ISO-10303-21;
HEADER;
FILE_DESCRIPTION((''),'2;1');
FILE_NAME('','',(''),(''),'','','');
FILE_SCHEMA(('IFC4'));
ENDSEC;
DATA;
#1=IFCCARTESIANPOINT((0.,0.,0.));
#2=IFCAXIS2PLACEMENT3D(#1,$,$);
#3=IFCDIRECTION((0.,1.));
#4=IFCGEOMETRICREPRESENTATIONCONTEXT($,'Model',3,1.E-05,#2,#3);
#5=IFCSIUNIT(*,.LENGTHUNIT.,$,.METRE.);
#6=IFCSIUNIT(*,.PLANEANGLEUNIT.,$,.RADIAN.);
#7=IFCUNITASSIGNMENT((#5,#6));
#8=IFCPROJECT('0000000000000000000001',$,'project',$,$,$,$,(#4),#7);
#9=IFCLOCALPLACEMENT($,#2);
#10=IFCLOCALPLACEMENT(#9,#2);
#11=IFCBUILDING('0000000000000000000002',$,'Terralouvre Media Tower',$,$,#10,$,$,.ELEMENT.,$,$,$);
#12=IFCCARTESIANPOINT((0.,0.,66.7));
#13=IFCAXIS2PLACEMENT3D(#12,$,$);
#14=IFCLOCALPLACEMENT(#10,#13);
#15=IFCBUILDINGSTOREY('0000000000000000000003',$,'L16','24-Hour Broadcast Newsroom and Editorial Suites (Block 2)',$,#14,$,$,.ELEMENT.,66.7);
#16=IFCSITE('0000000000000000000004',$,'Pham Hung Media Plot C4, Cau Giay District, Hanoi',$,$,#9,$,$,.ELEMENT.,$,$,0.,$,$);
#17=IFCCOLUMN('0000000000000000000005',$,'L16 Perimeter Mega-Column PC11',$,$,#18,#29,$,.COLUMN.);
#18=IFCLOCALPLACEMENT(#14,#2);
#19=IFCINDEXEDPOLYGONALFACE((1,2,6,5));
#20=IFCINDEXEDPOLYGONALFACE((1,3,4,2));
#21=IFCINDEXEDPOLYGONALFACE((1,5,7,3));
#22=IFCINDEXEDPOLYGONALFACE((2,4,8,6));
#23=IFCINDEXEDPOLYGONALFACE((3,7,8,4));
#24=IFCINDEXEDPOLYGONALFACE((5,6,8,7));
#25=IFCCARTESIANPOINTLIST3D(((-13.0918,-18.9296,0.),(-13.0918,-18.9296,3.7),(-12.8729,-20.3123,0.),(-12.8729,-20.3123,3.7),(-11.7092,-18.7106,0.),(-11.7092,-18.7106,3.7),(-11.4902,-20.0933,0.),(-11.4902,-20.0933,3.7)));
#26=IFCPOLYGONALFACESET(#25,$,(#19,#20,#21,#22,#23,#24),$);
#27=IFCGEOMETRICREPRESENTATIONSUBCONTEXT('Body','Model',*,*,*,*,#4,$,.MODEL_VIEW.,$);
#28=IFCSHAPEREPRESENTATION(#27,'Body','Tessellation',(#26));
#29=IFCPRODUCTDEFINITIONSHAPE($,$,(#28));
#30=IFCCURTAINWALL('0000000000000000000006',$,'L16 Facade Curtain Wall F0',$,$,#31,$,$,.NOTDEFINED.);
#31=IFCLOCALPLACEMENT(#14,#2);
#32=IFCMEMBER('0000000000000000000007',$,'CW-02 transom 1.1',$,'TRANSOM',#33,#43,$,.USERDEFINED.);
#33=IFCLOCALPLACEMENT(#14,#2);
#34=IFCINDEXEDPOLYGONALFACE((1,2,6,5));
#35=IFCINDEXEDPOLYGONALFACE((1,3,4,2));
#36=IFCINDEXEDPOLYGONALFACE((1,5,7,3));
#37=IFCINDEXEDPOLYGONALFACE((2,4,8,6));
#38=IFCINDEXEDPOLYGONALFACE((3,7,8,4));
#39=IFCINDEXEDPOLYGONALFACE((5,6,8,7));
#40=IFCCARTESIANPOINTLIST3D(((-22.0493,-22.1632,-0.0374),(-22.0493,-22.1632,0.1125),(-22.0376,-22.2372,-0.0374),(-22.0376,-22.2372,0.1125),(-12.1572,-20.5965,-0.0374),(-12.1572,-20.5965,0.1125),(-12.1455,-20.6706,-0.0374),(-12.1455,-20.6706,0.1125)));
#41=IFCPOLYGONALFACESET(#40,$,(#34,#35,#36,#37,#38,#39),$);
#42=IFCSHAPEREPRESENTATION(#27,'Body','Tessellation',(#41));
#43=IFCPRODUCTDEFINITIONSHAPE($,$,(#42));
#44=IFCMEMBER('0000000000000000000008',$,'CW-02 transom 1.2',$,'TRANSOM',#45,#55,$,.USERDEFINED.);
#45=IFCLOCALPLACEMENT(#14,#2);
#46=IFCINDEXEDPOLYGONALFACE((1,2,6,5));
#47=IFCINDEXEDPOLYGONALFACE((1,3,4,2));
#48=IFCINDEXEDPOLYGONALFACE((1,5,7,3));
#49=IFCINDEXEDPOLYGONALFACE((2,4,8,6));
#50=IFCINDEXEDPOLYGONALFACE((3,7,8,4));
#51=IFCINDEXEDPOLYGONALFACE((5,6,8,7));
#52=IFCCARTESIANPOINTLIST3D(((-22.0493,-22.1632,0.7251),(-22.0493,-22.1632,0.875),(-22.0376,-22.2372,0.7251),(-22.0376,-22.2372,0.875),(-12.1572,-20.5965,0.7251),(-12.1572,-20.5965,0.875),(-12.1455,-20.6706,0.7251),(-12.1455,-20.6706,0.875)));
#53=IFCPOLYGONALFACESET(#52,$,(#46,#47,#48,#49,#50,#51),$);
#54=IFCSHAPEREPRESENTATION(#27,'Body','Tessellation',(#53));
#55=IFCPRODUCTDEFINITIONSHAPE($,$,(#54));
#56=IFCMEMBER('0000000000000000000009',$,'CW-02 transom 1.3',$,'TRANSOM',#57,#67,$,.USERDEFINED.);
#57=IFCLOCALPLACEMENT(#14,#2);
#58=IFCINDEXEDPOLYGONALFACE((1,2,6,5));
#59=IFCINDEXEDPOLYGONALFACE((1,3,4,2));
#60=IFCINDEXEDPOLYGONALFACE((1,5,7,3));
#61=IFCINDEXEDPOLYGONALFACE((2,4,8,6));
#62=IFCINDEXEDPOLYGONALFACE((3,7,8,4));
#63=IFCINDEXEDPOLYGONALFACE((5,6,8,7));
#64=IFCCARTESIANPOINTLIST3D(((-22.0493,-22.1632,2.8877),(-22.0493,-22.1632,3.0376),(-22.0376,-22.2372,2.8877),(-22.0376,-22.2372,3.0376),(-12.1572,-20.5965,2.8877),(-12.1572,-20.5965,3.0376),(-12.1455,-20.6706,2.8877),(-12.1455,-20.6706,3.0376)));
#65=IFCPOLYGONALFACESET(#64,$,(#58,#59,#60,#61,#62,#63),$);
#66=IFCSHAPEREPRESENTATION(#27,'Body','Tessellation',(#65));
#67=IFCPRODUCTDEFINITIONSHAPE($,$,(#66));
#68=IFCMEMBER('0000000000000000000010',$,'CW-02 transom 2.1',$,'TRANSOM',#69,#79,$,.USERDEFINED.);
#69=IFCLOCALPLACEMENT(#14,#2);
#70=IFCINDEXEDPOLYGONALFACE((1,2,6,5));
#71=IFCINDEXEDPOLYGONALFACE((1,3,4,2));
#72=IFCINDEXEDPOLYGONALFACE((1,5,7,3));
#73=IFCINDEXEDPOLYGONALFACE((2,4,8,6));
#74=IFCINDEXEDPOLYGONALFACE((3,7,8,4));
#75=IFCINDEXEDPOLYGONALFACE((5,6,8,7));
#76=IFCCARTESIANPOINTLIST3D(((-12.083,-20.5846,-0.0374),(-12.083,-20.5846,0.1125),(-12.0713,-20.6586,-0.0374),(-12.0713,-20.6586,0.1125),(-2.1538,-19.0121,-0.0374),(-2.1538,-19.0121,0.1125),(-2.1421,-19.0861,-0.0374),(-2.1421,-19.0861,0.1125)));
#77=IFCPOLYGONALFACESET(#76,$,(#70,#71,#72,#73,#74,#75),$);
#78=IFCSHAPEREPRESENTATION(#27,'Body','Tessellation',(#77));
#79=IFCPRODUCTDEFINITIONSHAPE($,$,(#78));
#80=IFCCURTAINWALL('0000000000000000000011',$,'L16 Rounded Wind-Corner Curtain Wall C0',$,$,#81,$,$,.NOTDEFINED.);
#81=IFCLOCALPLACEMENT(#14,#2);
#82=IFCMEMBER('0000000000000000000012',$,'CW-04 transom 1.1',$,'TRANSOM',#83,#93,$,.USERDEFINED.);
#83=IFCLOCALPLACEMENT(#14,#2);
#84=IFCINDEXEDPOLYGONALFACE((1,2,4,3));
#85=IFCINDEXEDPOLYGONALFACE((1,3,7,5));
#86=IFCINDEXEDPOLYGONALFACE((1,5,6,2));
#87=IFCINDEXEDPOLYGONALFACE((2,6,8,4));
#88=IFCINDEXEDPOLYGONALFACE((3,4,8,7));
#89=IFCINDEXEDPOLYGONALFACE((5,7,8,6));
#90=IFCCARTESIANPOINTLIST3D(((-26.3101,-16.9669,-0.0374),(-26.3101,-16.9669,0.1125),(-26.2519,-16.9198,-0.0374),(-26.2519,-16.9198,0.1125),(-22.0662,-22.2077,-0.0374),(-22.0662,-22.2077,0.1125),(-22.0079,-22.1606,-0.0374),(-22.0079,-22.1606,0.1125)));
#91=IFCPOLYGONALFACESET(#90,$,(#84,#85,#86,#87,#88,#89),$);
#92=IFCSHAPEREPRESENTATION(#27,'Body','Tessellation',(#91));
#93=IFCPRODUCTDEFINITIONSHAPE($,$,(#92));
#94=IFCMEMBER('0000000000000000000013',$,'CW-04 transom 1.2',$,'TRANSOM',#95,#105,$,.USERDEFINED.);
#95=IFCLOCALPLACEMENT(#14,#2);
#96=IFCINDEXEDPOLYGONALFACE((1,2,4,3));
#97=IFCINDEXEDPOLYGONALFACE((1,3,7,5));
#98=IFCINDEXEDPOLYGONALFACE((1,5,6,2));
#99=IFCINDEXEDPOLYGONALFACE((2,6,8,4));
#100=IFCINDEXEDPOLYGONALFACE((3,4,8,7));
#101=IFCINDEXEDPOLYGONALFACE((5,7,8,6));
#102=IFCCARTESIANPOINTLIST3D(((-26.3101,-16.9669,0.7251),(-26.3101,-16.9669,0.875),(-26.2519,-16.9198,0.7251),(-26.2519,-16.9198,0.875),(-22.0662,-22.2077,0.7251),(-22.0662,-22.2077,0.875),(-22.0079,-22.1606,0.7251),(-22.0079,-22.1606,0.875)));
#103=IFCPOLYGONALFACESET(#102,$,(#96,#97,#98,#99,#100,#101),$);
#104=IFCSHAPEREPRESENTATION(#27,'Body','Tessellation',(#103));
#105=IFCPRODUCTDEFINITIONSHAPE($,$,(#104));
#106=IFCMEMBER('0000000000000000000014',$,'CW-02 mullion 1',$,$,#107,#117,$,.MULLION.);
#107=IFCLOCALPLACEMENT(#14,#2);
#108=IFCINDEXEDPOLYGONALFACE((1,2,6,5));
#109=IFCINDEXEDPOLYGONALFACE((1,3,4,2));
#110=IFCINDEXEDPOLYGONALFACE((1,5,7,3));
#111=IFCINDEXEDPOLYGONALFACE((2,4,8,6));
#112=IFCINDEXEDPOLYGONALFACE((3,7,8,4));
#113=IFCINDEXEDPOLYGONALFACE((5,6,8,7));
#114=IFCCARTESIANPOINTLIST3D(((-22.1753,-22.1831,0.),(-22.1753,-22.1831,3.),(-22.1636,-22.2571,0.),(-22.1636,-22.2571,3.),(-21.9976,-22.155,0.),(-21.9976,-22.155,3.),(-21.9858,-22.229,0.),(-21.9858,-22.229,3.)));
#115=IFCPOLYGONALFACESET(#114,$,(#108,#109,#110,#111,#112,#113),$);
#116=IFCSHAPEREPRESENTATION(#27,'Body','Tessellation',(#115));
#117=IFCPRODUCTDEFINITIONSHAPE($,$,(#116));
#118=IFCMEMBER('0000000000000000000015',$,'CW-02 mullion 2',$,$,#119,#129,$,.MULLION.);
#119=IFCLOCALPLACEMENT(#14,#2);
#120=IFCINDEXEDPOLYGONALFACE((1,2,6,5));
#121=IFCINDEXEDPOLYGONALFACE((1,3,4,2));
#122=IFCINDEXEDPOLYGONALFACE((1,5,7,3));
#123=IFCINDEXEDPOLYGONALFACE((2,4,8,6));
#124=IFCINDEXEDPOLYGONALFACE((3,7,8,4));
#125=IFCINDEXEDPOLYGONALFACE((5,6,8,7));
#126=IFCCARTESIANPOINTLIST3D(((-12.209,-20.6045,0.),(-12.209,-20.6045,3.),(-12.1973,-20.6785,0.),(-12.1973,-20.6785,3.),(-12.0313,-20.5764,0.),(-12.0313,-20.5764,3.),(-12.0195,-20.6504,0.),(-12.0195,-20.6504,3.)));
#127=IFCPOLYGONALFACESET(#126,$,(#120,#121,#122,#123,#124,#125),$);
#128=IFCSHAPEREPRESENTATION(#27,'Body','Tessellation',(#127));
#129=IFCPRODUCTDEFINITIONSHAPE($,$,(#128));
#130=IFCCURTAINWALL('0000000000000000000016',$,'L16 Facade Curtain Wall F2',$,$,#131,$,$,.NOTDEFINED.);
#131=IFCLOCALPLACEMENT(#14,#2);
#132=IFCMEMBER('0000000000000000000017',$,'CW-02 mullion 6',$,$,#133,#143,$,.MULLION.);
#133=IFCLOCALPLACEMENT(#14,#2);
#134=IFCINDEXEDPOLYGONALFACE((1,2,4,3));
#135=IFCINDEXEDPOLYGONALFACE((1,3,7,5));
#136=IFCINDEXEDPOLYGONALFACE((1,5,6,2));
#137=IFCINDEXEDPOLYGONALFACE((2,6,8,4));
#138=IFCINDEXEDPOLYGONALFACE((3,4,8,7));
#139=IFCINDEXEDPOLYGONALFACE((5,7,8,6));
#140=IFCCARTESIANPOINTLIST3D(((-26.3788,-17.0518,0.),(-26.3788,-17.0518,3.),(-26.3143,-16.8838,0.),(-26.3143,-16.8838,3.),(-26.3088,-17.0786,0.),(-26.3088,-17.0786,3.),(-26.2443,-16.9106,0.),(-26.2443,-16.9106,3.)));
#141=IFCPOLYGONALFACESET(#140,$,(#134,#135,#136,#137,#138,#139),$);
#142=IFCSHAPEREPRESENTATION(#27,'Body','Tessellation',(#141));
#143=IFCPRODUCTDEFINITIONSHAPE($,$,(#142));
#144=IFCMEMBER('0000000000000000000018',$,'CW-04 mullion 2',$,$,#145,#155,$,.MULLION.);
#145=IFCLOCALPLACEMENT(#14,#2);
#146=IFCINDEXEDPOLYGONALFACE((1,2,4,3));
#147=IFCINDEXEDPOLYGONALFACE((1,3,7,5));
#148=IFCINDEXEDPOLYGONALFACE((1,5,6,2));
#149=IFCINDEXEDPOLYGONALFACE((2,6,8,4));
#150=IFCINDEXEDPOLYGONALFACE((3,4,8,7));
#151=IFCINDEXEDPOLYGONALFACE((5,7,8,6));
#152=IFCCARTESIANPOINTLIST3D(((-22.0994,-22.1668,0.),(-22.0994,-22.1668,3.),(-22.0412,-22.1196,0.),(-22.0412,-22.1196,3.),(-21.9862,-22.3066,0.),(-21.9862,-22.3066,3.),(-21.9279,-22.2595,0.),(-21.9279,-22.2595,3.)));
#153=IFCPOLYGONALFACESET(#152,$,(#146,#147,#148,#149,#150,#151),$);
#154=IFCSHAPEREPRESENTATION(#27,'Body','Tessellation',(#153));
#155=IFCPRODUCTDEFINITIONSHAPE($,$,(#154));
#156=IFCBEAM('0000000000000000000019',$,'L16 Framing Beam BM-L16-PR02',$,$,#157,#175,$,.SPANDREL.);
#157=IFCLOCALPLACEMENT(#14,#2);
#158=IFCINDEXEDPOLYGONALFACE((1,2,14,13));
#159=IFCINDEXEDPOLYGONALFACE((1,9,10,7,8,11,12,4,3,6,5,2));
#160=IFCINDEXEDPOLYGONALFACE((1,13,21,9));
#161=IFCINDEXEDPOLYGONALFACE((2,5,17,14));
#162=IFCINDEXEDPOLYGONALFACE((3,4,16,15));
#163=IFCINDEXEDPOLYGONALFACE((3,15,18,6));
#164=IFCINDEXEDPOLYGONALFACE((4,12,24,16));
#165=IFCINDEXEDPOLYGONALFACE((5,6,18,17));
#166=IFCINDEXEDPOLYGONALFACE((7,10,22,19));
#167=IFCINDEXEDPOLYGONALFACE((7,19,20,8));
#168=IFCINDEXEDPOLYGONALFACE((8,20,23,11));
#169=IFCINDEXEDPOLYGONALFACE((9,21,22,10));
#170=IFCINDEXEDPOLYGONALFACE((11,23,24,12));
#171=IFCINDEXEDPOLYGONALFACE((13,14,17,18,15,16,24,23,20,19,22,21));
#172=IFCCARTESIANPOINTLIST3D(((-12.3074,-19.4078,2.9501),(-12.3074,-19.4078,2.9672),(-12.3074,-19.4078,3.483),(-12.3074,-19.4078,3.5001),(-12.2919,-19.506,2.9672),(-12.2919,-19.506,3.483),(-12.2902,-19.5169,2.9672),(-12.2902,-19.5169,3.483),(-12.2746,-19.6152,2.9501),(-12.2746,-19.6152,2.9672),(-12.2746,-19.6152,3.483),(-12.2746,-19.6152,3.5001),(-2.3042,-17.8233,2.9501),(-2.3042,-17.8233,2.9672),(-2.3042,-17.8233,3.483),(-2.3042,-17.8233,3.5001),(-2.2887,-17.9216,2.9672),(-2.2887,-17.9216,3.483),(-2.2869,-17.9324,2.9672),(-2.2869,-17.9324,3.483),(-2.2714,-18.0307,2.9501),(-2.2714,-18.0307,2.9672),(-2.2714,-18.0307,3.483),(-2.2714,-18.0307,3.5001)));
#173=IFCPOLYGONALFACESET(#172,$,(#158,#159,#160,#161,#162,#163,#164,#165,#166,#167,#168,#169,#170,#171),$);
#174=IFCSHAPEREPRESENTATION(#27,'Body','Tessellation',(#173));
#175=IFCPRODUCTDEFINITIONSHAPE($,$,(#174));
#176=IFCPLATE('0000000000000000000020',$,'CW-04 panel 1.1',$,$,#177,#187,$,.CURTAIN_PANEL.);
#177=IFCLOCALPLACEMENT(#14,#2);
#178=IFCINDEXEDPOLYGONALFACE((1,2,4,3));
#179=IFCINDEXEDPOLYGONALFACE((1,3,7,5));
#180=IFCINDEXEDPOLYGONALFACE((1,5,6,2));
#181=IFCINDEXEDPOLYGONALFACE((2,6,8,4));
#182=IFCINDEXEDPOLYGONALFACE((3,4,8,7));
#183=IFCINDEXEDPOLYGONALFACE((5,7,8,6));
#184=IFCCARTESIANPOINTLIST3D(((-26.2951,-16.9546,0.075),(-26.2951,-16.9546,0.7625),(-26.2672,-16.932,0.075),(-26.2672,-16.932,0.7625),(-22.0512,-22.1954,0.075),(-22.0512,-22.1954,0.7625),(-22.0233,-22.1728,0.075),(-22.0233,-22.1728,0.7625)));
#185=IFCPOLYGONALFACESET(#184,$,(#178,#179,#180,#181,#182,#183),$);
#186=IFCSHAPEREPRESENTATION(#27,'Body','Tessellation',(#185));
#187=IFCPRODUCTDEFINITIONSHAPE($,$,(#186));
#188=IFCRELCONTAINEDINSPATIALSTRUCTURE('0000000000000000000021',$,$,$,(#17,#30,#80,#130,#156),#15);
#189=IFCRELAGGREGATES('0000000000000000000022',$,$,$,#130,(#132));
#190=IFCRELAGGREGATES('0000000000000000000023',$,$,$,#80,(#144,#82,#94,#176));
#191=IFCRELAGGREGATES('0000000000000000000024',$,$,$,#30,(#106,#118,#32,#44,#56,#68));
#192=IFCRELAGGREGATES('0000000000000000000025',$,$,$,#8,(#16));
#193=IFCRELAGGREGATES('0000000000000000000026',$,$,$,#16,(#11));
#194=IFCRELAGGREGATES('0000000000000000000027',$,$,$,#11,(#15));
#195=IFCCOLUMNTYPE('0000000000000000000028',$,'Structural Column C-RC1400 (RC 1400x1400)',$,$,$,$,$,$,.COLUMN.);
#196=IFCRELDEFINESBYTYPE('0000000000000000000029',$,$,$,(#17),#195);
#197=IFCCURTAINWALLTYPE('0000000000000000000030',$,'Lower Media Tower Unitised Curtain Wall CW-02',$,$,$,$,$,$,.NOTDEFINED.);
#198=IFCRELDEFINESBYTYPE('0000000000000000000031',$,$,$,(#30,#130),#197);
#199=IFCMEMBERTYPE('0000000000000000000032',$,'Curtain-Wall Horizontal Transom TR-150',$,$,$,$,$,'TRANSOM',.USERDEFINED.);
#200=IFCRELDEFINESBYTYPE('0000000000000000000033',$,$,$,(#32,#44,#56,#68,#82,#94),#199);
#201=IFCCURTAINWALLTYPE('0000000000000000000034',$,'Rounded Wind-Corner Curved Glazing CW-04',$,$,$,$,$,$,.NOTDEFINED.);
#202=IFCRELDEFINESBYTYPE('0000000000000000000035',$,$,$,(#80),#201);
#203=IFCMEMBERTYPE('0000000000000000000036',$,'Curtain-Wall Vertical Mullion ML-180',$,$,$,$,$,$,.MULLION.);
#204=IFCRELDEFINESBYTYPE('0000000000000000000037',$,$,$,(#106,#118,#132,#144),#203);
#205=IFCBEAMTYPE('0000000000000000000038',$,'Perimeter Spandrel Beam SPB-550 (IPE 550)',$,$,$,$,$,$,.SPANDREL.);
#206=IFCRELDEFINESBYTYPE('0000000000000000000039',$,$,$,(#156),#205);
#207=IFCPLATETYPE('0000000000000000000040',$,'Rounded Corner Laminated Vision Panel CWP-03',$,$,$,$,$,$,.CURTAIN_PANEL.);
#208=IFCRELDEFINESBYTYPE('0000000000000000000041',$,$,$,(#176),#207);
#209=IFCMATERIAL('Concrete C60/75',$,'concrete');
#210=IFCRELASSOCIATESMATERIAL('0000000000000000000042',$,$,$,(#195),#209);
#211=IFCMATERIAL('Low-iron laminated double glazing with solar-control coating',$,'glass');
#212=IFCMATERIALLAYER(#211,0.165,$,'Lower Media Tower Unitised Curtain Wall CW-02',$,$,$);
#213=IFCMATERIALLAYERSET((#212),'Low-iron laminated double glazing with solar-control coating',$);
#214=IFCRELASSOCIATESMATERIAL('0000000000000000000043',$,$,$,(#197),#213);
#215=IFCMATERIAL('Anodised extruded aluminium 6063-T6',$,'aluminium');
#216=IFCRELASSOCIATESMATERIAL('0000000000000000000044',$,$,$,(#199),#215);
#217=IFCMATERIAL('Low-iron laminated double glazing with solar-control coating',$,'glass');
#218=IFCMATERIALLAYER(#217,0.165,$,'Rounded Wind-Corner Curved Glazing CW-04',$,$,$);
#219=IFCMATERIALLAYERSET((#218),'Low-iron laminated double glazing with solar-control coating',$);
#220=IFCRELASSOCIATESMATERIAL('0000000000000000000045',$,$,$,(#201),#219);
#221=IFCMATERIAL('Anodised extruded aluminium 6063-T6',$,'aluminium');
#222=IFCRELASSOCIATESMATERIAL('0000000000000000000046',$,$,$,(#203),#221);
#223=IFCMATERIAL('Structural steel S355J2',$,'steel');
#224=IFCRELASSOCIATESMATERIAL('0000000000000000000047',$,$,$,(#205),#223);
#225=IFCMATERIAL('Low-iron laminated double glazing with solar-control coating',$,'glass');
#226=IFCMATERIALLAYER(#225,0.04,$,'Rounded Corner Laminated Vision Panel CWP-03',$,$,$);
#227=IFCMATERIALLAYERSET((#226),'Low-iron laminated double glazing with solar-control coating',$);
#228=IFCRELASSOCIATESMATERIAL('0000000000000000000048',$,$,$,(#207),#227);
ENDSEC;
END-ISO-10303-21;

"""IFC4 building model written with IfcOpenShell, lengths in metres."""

from ifc_helpers import new_model, si_unit, direction, frame, origin, origin_2d, place, context, subcontext, project, spatial, rectangle, i_section, extrude, material, layer, layer_set, material_profile, profile_set, type_object, element, aggregate, save


model = new_model("IFC4")

# Units and contexts
model_context = context("Model", 3, precision=1e-05, world=origin(), true_north=direction((0.0, 1.0)))
body_context = subcontext(model_context, "Body", "Model", "MODEL_VIEW")
ifc_project = project(units=[si_unit("LENGTHUNIT", "METRE"), si_unit("PLANEANGLEUNIT", "RADIAN")], contexts=[model_context])

# Site, building, storey
site_placement = place(None, origin())
site = spatial("IfcSite", under=ifc_project, at=site_placement, Name="Pham Hung Media Plot C4, Cau Giay District, Hanoi", CompositionType="ELEMENT", RefElevation=0.0)
building_placement = place(site_placement, origin())
building = spatial("IfcBuilding", under=site, at=building_placement, Name="Terralouvre Media Tower", CompositionType="ELEMENT")
storey_placement = place(building_placement, frame((0.0, 0.0, 66.7)))
storey = spatial("IfcBuildingStorey", under=building, at=storey_placement, Name="L16", Description="24-Hour Broadcast Newsroom and Editorial Suites (Block 2)", CompositionType="ELEMENT", Elevation=66.7)

# Column
ifc_material_1 = material(Name="Concrete C60/75", Category="concrete")
ifc_material_profile_1 = material_profile(ifc_material_1, rectangle(XDim=1.3999, YDim=1.3999, at=origin_2d()), Name="RC 1400x1400")
ifc_profile_set_1 = profile_set([ifc_material_profile_1], Name="Concrete C60/75")
column_type = type_object("IfcColumnType", Name="Structural Column C-RC1400 (RC 1400x1400)", PredefinedType="COLUMN", material=ifc_profile_set_1)
column_placement = place(storey_placement, frame((-12.291, -19.5115, 0.0), z_axis=(0.0, 0.0, 1.0), x_axis=(0.987688, 0.156434, 0.0)))
element("IfcColumn", 1, at=column_placement, inside=storey, type_object=column_type, Name="L16 Perimeter Mega-Column PC11", PredefinedType="COLUMN", context=body_context, shape_type="SweptSolid", body=[
    extrude(rectangle(XDim=1.3999, YDim=1.3999, at=origin_2d()), origin(), (0.0, 0.0, 1.0), 3.7),
])

# Curtain walls, members
ifc_material_2 = material(Name="Low-iron laminated double glazing with solar-control coating", Category="glass")
ifc_layer_1 = layer(ifc_material_2, 0.165, Name="Lower Media Tower Unitised Curtain Wall CW-02")
ifc_layer_set_1 = layer_set([ifc_layer_1], Name="Low-iron laminated double glazing with solar-control coating")
curtain_wall_type_1 = type_object("IfcCurtainWallType", Name="Lower Media Tower Unitised Curtain Wall CW-02", PredefinedType="NOTDEFINED", material=ifc_layer_set_1)
curtain_wall_1_placement = place(storey_placement, origin())
curtain_wall_1 = element("IfcCurtainWall", 2, at=curtain_wall_1_placement, inside=storey, type_object=curtain_wall_type_1, Name="L16 Facade Curtain Wall F0", PredefinedType="NOTDEFINED")
ifc_material_3 = material(Name="Anodised extruded aluminium 6063-T6", Category="aluminium")
ifc_material_profile_2 = material_profile(ifc_material_3, rectangle(XDim=0.075, YDim=0.1499, at=origin_2d()), Name="ALU 75x150")
ifc_profile_set_2 = profile_set([ifc_material_profile_2], Name="Anodised extruded aluminium 6063-T6")
member_type_1 = type_object("IfcMemberType", Name="Curtain-Wall Horizontal Transom TR-150", ElementType="TRANSOM", PredefinedType="USERDEFINED", material=ifc_profile_set_2)
member_1_placement = place(storey_placement, frame((-22.0435, -22.2002, 0.0376), z_axis=(0.98769, 0.156424, 0.0), x_axis=(-0.156424, 0.98769, 0.0)))
member_1 = element("IfcMember", 3, at=member_1_placement, type_object=member_type_1, Name="CW-02 transom 1.1", ObjectType="TRANSOM", PredefinedType="USERDEFINED", context=body_context, shape_type="SweptSolid", body=[
    extrude(rectangle(XDim=0.075, YDim=0.1499, at=origin_2d()), origin(), (0.0, 0.0, 1.0), 10.0154),
])
member_2_placement = place(storey_placement, frame((-22.0435, -22.2002, 0.8), z_axis=(0.98769, 0.156424, 0.0), x_axis=(-0.156424, 0.98769, 0.0)))
member_2 = element("IfcMember", 4, at=member_2_placement, type_object=member_type_1, Name="CW-02 transom 1.2", ObjectType="TRANSOM", PredefinedType="USERDEFINED", context=body_context, shape_type="SweptSolid", body=[
    extrude(rectangle(XDim=0.075, YDim=0.1499, at=origin_2d()), origin(), (0.0, 0.0, 1.0), 10.0154),
])
member_3_placement = place(storey_placement, frame((-22.0435, -22.2002, 2.9626), z_axis=(0.98769, 0.156424, 0.0), x_axis=(-0.156424, 0.98769, 0.0)))
member_3 = element("IfcMember", 5, at=member_3_placement, type_object=member_type_1, Name="CW-02 transom 1.3", ObjectType="TRANSOM", PredefinedType="USERDEFINED", context=body_context, shape_type="SweptSolid", body=[
    extrude(rectangle(XDim=0.075, YDim=0.1499, at=origin_2d()), origin(), (0.0, 0.0, 1.0), 10.0154),
])
member_4_placement = place(storey_placement, frame((-12.0771, -20.6216, 0.0376), z_axis=(0.98769, 0.156423, 0.0), x_axis=(-0.156423, 0.98769, 0.0)))
member_4 = element("IfcMember", 6, at=member_4_placement, type_object=member_type_1, Name="CW-02 transom 2.1", ObjectType="TRANSOM", PredefinedType="USERDEFINED", context=body_context, shape_type="SweptSolid", body=[
    extrude(rectangle(XDim=0.075, YDim=0.1499, at=origin_2d()), origin(), (0.0, 0.0, 1.0), 10.053),
])
ifc_material_4 = material(Name="Low-iron laminated double glazing with solar-control coating", Category="glass")
ifc_layer_2 = layer(ifc_material_4, 0.165, Name="Rounded Wind-Corner Curved Glazing CW-04")
ifc_layer_set_2 = layer_set([ifc_layer_2], Name="Low-iron laminated double glazing with solar-control coating")
curtain_wall_type_2 = type_object("IfcCurtainWallType", Name="Rounded Wind-Corner Curved Glazing CW-04", PredefinedType="NOTDEFINED", material=ifc_layer_set_2)
curtain_wall_2_placement = place(storey_placement, origin())
curtain_wall_2 = element("IfcCurtainWall", 7, at=curtain_wall_2_placement, inside=storey, type_object=curtain_wall_type_2, Name="L16 Rounded Wind-Corner Curtain Wall C0", PredefinedType="NOTDEFINED")
member_5_placement = place(storey_placement, frame((-26.281, -16.9434, 0.0376), z_axis=(0.629324, -0.777143, 0.0), x_axis=(0.777143, 0.629324, 0.0)))
member_5 = element("IfcMember", 8, at=member_5_placement, type_object=member_type_1, Name="CW-04 transom 1.1", ObjectType="TRANSOM", PredefinedType="USERDEFINED", context=body_context, shape_type="SweptSolid", body=[
    extrude(rectangle(XDim=0.075, YDim=0.1499, at=origin_2d()), origin(), (0.0, 0.0, 1.0), 6.7437),
])
member_6_placement = place(storey_placement, frame((-26.281, -16.9434, 0.8), z_axis=(0.629324, -0.777143, 0.0), x_axis=(0.777143, 0.629324, 0.0)))
member_6 = element("IfcMember", 9, at=member_6_placement, type_object=member_type_1, Name="CW-04 transom 1.2", ObjectType="TRANSOM", PredefinedType="USERDEFINED", context=body_context, shape_type="SweptSolid", body=[
    extrude(rectangle(XDim=0.075, YDim=0.1499, at=origin_2d()), origin(), (0.0, 0.0, 1.0), 6.7437),
])

# Members
ifc_material_5 = material(Name="Anodised extruded aluminium 6063-T6", Category="aluminium")
ifc_material_profile_3 = material_profile(ifc_material_5, rectangle(XDim=0.075, YDim=0.1799, at=origin_2d()), Name="ALU 75x180")
ifc_profile_set_3 = profile_set([ifc_material_profile_3], Name="Anodised extruded aluminium 6063-T6")
member_type_2 = type_object("IfcMemberType", Name="Curtain-Wall Vertical Mullion ML-180", PredefinedType="MULLION", material=ifc_profile_set_3)
member_7_placement = place(storey_placement, frame((-22.0806, -22.2061, 0.0), z_axis=(0.0, 0.0, 1.0), x_axis=(-0.156434, 0.987688, 0.0)))
member_7 = element("IfcMember", 10, at=member_7_placement, type_object=member_type_2, Name="CW-02 mullion 1", PredefinedType="MULLION", context=body_context, shape_type="SweptSolid", body=[
    extrude(rectangle(XDim=0.075, YDim=0.1799, at=origin_2d()), origin(), (0.0, 0.0, 1.0), 3.0),
])
member_8_placement = place(storey_placement, frame((-12.1143, -20.6274, 0.0), z_axis=(0.0, 0.0, 1.0), x_axis=(-0.156434, 0.987688, 0.0)))
member_8 = element("IfcMember", 11, at=member_8_placement, type_object=member_type_2, Name="CW-02 mullion 2", PredefinedType="MULLION", context=body_context, shape_type="SweptSolid", body=[
    extrude(rectangle(XDim=0.075, YDim=0.1799, at=origin_2d()), origin(), (0.0, 0.0, 1.0), 3.0),
])

# Curtain wall, member
curtain_wall_3_placement = place(storey_placement, origin())
curtain_wall_3 = element("IfcCurtainWall", 12, at=curtain_wall_3_placement, inside=storey, type_object=curtain_wall_type_1, Name="L16 Facade Curtain Wall F2", PredefinedType="NOTDEFINED")
member_9_placement = place(storey_placement, frame((-26.3115, -16.9812, 0.0), z_axis=(0.0, 0.0, 1.0), x_axis=(0.93358, -0.358368, 0.0)))
member_9 = element("IfcMember", 13, at=member_9_placement, type_object=member_type_2, Name="CW-02 mullion 6", PredefinedType="MULLION", context=body_context, shape_type="SweptSolid", body=[
    extrude(rectangle(XDim=0.075, YDim=0.1799, at=origin_2d()), origin(), (0.0, 0.0, 1.0), 3.0),
])
aggregate(curtain_wall_3, [member_9])

# Member
member_10_placement = place(storey_placement, frame((-22.0137, -22.2131, 0.0), z_axis=(0.0, 0.0, 1.0), x_axis=(0.777146, 0.62932, 0.0)))
member_10 = element("IfcMember", 14, at=member_10_placement, type_object=member_type_2, Name="CW-04 mullion 2", PredefinedType="MULLION", context=body_context, shape_type="SweptSolid", body=[
    extrude(rectangle(XDim=0.075, YDim=0.1799, at=origin_2d()), origin(), (0.0, 0.0, 1.0), 3.0),
])

# Beam
ifc_material_6 = material(Name="Structural steel S355J2", Category="steel")
ifc_material_profile_4 = material_profile(ifc_material_6, i_section(OverallWidth=0.21, OverallDepth=0.55, WebThickness=0.011, FlangeThickness=0.0171, at=origin_2d()), Name="IPE 550")
ifc_profile_set_4 = profile_set([ifc_material_profile_4], Name="Structural steel S355J2")
beam_type = type_object("IfcBeamType", Name="Perimeter Spandrel Beam SPB-550 (IPE 550)", PredefinedType="SPANDREL", material=ifc_profile_set_4)
beam_placement = place(storey_placement, frame((-12.291, -19.5115, 3.2251), z_axis=(0.987686, 0.156447, 0.0), x_axis=(-0.156447, 0.987686, 0.0)))
element("IfcBeam", 15, at=beam_placement, inside=storey, type_object=beam_type, Name="L16 Framing Beam BM-L16-PR02", PredefinedType="SPANDREL", context=body_context, shape_type="SweptSolid", body=[
    extrude(i_section(OverallWidth=0.21, OverallDepth=0.55, WebThickness=0.011, FlangeThickness=0.0171, at=origin_2d()), origin(), (0.0, 0.0, 1.0), 10.1279),
])

# Plate
ifc_material_7 = material(Name="Low-iron laminated double glazing with solar-control coating", Category="glass")
ifc_layer_3 = layer(ifc_material_7, 0.04, Name="Rounded Corner Laminated Vision Panel CWP-03")
ifc_layer_set_3 = layer_set([ifc_layer_3], Name="Low-iron laminated double glazing with solar-control coating")
plate_type_1 = type_object("IfcPlateType", Name="Rounded Corner Laminated Vision Panel CWP-03", PredefinedType="CURTAIN_PANEL", material=ifc_layer_set_3)
plate_1_placement = place(storey_placement, frame((-24.1592, -19.5637, 0.075), z_axis=(0.0, 0.0, 1.0), x_axis=(0.62932, -0.777146, 0.0)))
plate_1 = element("IfcPlate", 16, at=plate_1_placement, type_object=plate_type_1, Name="CW-04 panel 1.1", PredefinedType="CURTAIN_PANEL", context=body_context, shape_type="SweptSolid", body=[
    extrude(rectangle(XDim=6.7437, YDim=0.0359, at=origin_2d()), origin(), (0.0, 0.0, 1.0), 0.6875),
])
aggregate(curtain_wall_2, [member_10, member_5, member_6, plate_1])
aggregate(curtain_wall_1, [member_7, member_8, member_1, member_2, member_3, member_4])

save(model, "model.ifc")
